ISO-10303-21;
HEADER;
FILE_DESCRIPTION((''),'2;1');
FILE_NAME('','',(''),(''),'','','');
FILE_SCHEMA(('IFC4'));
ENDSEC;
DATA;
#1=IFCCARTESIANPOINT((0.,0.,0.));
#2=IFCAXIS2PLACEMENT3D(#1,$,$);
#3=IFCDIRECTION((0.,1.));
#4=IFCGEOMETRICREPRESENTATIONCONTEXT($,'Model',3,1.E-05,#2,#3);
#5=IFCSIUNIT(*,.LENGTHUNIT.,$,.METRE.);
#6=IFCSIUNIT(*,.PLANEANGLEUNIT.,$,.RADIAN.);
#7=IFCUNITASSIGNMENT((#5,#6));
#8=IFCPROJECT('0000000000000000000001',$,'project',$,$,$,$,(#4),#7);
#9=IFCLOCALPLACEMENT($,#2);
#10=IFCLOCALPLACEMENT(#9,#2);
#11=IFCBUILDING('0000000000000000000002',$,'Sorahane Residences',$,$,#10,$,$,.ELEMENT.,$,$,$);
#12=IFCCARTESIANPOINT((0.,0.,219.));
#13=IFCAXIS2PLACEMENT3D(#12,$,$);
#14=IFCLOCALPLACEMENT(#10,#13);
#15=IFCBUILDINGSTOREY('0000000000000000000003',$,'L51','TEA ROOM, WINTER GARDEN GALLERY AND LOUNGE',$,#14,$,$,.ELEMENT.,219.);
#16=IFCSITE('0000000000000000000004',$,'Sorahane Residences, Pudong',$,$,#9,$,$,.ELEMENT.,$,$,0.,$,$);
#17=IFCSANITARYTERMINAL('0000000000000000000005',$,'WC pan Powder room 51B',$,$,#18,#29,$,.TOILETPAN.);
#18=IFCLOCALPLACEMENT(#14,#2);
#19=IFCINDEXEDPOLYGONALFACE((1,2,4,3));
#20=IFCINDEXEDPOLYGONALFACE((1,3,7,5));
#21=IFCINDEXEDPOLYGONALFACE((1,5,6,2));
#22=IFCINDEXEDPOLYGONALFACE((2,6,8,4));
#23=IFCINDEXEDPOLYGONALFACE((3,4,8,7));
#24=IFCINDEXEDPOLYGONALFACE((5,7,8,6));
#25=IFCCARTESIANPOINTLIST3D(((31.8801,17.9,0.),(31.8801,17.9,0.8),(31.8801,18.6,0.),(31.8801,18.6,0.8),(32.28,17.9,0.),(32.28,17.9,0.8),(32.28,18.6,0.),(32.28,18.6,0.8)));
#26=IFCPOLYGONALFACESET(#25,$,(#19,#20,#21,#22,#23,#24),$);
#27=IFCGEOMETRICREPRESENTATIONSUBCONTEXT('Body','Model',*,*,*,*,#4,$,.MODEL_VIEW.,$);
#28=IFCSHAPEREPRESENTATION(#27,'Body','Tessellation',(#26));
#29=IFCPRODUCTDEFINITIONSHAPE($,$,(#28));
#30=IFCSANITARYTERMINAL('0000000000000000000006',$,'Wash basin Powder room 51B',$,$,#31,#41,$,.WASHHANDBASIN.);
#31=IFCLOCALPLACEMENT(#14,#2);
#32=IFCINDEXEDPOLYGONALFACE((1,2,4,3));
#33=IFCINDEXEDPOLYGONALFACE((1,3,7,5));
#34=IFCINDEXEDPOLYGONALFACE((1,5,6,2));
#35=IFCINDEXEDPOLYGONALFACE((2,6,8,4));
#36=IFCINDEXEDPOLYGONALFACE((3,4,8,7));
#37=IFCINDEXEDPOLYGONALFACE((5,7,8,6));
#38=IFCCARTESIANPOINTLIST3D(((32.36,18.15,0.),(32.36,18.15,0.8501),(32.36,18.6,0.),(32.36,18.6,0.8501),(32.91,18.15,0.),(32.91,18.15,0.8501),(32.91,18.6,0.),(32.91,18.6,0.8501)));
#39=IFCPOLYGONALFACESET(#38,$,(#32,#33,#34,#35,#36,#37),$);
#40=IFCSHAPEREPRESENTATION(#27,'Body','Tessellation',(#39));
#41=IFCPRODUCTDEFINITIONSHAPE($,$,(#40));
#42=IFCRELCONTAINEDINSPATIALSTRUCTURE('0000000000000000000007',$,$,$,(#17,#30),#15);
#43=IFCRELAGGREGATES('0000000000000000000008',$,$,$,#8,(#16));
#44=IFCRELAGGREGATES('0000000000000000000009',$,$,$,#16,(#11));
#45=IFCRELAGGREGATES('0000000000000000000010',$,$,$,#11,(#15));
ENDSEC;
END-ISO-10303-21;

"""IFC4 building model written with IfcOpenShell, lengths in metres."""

from ifc_helpers import new_model, si_unit, direction, frame, origin, origin_2d, place, context, subcontext, project, spatial, rectangle, extrude, element, save


model = new_model("IFC4")

# Units and contexts
model_context = context("Model", 3, precision=1e-05, world=origin(), true_north=direction((0.0, 1.0)))
body_context = subcontext(model_context, "Body", "Model", "MODEL_VIEW")
ifc_project = project(units=[si_unit("LENGTHUNIT", "METRE"), si_unit("PLANEANGLEUNIT", "RADIAN")], contexts=[model_context])

# Site, building, storey
site_placement = place(None, origin())
site = spatial("IfcSite", under=ifc_project, at=site_placement, Name="Sorahane Residences, Pudong", CompositionType="ELEMENT", RefElevation=0.0)
building_placement = place(site_placement, origin())
building = spatial("IfcBuilding", under=site, at=building_placement, Name="Sorahane Residences", CompositionType="ELEMENT")
storey_placement = place(building_placement, frame((0.0, 0.0, 219.0)))
storey = spatial("IfcBuildingStorey", under=building, at=storey_placement, Name="L51", Description="TEA ROOM, WINTER GARDEN GALLERY AND LOUNGE", CompositionType="ELEMENT", Elevation=219.0)

# Sanitary terminals
sanitary_terminal_1_placement = place(storey_placement, frame((32.0801, 18.25, 0.0), z_axis=(0.0, 0.0, 1.0), x_axis=(1.0, 0.0, 0.0)))
element("IfcSanitaryTerminal", 1, at=sanitary_terminal_1_placement, inside=storey, Name="WC pan Powder room 51B", PredefinedType="TOILETPAN", context=body_context, shape_type="SweptSolid", body=[
    extrude(rectangle(XDim=0.3999, YDim=0.7, at=origin_2d()), origin(), (0.0, 0.0, 1.0), 0.8),
])
sanitary_terminal_2_placement = place(storey_placement, frame((32.635, 18.375, 0.0), z_axis=(0.0, 0.0, 1.0), x_axis=(1.0, 0.0, 0.0)))
element("IfcSanitaryTerminal", 2, at=sanitary_terminal_2_placement, inside=storey, Name="Wash basin Powder room 51B", PredefinedType="WASHHANDBASIN", context=body_context, shape_type="SweptSolid", body=[
    extrude(rectangle(XDim=0.55, YDim=0.45, at=origin_2d()), origin(), (0.0, 0.0, 1.0), 0.8501),
])

save(model, "model.ifc")
